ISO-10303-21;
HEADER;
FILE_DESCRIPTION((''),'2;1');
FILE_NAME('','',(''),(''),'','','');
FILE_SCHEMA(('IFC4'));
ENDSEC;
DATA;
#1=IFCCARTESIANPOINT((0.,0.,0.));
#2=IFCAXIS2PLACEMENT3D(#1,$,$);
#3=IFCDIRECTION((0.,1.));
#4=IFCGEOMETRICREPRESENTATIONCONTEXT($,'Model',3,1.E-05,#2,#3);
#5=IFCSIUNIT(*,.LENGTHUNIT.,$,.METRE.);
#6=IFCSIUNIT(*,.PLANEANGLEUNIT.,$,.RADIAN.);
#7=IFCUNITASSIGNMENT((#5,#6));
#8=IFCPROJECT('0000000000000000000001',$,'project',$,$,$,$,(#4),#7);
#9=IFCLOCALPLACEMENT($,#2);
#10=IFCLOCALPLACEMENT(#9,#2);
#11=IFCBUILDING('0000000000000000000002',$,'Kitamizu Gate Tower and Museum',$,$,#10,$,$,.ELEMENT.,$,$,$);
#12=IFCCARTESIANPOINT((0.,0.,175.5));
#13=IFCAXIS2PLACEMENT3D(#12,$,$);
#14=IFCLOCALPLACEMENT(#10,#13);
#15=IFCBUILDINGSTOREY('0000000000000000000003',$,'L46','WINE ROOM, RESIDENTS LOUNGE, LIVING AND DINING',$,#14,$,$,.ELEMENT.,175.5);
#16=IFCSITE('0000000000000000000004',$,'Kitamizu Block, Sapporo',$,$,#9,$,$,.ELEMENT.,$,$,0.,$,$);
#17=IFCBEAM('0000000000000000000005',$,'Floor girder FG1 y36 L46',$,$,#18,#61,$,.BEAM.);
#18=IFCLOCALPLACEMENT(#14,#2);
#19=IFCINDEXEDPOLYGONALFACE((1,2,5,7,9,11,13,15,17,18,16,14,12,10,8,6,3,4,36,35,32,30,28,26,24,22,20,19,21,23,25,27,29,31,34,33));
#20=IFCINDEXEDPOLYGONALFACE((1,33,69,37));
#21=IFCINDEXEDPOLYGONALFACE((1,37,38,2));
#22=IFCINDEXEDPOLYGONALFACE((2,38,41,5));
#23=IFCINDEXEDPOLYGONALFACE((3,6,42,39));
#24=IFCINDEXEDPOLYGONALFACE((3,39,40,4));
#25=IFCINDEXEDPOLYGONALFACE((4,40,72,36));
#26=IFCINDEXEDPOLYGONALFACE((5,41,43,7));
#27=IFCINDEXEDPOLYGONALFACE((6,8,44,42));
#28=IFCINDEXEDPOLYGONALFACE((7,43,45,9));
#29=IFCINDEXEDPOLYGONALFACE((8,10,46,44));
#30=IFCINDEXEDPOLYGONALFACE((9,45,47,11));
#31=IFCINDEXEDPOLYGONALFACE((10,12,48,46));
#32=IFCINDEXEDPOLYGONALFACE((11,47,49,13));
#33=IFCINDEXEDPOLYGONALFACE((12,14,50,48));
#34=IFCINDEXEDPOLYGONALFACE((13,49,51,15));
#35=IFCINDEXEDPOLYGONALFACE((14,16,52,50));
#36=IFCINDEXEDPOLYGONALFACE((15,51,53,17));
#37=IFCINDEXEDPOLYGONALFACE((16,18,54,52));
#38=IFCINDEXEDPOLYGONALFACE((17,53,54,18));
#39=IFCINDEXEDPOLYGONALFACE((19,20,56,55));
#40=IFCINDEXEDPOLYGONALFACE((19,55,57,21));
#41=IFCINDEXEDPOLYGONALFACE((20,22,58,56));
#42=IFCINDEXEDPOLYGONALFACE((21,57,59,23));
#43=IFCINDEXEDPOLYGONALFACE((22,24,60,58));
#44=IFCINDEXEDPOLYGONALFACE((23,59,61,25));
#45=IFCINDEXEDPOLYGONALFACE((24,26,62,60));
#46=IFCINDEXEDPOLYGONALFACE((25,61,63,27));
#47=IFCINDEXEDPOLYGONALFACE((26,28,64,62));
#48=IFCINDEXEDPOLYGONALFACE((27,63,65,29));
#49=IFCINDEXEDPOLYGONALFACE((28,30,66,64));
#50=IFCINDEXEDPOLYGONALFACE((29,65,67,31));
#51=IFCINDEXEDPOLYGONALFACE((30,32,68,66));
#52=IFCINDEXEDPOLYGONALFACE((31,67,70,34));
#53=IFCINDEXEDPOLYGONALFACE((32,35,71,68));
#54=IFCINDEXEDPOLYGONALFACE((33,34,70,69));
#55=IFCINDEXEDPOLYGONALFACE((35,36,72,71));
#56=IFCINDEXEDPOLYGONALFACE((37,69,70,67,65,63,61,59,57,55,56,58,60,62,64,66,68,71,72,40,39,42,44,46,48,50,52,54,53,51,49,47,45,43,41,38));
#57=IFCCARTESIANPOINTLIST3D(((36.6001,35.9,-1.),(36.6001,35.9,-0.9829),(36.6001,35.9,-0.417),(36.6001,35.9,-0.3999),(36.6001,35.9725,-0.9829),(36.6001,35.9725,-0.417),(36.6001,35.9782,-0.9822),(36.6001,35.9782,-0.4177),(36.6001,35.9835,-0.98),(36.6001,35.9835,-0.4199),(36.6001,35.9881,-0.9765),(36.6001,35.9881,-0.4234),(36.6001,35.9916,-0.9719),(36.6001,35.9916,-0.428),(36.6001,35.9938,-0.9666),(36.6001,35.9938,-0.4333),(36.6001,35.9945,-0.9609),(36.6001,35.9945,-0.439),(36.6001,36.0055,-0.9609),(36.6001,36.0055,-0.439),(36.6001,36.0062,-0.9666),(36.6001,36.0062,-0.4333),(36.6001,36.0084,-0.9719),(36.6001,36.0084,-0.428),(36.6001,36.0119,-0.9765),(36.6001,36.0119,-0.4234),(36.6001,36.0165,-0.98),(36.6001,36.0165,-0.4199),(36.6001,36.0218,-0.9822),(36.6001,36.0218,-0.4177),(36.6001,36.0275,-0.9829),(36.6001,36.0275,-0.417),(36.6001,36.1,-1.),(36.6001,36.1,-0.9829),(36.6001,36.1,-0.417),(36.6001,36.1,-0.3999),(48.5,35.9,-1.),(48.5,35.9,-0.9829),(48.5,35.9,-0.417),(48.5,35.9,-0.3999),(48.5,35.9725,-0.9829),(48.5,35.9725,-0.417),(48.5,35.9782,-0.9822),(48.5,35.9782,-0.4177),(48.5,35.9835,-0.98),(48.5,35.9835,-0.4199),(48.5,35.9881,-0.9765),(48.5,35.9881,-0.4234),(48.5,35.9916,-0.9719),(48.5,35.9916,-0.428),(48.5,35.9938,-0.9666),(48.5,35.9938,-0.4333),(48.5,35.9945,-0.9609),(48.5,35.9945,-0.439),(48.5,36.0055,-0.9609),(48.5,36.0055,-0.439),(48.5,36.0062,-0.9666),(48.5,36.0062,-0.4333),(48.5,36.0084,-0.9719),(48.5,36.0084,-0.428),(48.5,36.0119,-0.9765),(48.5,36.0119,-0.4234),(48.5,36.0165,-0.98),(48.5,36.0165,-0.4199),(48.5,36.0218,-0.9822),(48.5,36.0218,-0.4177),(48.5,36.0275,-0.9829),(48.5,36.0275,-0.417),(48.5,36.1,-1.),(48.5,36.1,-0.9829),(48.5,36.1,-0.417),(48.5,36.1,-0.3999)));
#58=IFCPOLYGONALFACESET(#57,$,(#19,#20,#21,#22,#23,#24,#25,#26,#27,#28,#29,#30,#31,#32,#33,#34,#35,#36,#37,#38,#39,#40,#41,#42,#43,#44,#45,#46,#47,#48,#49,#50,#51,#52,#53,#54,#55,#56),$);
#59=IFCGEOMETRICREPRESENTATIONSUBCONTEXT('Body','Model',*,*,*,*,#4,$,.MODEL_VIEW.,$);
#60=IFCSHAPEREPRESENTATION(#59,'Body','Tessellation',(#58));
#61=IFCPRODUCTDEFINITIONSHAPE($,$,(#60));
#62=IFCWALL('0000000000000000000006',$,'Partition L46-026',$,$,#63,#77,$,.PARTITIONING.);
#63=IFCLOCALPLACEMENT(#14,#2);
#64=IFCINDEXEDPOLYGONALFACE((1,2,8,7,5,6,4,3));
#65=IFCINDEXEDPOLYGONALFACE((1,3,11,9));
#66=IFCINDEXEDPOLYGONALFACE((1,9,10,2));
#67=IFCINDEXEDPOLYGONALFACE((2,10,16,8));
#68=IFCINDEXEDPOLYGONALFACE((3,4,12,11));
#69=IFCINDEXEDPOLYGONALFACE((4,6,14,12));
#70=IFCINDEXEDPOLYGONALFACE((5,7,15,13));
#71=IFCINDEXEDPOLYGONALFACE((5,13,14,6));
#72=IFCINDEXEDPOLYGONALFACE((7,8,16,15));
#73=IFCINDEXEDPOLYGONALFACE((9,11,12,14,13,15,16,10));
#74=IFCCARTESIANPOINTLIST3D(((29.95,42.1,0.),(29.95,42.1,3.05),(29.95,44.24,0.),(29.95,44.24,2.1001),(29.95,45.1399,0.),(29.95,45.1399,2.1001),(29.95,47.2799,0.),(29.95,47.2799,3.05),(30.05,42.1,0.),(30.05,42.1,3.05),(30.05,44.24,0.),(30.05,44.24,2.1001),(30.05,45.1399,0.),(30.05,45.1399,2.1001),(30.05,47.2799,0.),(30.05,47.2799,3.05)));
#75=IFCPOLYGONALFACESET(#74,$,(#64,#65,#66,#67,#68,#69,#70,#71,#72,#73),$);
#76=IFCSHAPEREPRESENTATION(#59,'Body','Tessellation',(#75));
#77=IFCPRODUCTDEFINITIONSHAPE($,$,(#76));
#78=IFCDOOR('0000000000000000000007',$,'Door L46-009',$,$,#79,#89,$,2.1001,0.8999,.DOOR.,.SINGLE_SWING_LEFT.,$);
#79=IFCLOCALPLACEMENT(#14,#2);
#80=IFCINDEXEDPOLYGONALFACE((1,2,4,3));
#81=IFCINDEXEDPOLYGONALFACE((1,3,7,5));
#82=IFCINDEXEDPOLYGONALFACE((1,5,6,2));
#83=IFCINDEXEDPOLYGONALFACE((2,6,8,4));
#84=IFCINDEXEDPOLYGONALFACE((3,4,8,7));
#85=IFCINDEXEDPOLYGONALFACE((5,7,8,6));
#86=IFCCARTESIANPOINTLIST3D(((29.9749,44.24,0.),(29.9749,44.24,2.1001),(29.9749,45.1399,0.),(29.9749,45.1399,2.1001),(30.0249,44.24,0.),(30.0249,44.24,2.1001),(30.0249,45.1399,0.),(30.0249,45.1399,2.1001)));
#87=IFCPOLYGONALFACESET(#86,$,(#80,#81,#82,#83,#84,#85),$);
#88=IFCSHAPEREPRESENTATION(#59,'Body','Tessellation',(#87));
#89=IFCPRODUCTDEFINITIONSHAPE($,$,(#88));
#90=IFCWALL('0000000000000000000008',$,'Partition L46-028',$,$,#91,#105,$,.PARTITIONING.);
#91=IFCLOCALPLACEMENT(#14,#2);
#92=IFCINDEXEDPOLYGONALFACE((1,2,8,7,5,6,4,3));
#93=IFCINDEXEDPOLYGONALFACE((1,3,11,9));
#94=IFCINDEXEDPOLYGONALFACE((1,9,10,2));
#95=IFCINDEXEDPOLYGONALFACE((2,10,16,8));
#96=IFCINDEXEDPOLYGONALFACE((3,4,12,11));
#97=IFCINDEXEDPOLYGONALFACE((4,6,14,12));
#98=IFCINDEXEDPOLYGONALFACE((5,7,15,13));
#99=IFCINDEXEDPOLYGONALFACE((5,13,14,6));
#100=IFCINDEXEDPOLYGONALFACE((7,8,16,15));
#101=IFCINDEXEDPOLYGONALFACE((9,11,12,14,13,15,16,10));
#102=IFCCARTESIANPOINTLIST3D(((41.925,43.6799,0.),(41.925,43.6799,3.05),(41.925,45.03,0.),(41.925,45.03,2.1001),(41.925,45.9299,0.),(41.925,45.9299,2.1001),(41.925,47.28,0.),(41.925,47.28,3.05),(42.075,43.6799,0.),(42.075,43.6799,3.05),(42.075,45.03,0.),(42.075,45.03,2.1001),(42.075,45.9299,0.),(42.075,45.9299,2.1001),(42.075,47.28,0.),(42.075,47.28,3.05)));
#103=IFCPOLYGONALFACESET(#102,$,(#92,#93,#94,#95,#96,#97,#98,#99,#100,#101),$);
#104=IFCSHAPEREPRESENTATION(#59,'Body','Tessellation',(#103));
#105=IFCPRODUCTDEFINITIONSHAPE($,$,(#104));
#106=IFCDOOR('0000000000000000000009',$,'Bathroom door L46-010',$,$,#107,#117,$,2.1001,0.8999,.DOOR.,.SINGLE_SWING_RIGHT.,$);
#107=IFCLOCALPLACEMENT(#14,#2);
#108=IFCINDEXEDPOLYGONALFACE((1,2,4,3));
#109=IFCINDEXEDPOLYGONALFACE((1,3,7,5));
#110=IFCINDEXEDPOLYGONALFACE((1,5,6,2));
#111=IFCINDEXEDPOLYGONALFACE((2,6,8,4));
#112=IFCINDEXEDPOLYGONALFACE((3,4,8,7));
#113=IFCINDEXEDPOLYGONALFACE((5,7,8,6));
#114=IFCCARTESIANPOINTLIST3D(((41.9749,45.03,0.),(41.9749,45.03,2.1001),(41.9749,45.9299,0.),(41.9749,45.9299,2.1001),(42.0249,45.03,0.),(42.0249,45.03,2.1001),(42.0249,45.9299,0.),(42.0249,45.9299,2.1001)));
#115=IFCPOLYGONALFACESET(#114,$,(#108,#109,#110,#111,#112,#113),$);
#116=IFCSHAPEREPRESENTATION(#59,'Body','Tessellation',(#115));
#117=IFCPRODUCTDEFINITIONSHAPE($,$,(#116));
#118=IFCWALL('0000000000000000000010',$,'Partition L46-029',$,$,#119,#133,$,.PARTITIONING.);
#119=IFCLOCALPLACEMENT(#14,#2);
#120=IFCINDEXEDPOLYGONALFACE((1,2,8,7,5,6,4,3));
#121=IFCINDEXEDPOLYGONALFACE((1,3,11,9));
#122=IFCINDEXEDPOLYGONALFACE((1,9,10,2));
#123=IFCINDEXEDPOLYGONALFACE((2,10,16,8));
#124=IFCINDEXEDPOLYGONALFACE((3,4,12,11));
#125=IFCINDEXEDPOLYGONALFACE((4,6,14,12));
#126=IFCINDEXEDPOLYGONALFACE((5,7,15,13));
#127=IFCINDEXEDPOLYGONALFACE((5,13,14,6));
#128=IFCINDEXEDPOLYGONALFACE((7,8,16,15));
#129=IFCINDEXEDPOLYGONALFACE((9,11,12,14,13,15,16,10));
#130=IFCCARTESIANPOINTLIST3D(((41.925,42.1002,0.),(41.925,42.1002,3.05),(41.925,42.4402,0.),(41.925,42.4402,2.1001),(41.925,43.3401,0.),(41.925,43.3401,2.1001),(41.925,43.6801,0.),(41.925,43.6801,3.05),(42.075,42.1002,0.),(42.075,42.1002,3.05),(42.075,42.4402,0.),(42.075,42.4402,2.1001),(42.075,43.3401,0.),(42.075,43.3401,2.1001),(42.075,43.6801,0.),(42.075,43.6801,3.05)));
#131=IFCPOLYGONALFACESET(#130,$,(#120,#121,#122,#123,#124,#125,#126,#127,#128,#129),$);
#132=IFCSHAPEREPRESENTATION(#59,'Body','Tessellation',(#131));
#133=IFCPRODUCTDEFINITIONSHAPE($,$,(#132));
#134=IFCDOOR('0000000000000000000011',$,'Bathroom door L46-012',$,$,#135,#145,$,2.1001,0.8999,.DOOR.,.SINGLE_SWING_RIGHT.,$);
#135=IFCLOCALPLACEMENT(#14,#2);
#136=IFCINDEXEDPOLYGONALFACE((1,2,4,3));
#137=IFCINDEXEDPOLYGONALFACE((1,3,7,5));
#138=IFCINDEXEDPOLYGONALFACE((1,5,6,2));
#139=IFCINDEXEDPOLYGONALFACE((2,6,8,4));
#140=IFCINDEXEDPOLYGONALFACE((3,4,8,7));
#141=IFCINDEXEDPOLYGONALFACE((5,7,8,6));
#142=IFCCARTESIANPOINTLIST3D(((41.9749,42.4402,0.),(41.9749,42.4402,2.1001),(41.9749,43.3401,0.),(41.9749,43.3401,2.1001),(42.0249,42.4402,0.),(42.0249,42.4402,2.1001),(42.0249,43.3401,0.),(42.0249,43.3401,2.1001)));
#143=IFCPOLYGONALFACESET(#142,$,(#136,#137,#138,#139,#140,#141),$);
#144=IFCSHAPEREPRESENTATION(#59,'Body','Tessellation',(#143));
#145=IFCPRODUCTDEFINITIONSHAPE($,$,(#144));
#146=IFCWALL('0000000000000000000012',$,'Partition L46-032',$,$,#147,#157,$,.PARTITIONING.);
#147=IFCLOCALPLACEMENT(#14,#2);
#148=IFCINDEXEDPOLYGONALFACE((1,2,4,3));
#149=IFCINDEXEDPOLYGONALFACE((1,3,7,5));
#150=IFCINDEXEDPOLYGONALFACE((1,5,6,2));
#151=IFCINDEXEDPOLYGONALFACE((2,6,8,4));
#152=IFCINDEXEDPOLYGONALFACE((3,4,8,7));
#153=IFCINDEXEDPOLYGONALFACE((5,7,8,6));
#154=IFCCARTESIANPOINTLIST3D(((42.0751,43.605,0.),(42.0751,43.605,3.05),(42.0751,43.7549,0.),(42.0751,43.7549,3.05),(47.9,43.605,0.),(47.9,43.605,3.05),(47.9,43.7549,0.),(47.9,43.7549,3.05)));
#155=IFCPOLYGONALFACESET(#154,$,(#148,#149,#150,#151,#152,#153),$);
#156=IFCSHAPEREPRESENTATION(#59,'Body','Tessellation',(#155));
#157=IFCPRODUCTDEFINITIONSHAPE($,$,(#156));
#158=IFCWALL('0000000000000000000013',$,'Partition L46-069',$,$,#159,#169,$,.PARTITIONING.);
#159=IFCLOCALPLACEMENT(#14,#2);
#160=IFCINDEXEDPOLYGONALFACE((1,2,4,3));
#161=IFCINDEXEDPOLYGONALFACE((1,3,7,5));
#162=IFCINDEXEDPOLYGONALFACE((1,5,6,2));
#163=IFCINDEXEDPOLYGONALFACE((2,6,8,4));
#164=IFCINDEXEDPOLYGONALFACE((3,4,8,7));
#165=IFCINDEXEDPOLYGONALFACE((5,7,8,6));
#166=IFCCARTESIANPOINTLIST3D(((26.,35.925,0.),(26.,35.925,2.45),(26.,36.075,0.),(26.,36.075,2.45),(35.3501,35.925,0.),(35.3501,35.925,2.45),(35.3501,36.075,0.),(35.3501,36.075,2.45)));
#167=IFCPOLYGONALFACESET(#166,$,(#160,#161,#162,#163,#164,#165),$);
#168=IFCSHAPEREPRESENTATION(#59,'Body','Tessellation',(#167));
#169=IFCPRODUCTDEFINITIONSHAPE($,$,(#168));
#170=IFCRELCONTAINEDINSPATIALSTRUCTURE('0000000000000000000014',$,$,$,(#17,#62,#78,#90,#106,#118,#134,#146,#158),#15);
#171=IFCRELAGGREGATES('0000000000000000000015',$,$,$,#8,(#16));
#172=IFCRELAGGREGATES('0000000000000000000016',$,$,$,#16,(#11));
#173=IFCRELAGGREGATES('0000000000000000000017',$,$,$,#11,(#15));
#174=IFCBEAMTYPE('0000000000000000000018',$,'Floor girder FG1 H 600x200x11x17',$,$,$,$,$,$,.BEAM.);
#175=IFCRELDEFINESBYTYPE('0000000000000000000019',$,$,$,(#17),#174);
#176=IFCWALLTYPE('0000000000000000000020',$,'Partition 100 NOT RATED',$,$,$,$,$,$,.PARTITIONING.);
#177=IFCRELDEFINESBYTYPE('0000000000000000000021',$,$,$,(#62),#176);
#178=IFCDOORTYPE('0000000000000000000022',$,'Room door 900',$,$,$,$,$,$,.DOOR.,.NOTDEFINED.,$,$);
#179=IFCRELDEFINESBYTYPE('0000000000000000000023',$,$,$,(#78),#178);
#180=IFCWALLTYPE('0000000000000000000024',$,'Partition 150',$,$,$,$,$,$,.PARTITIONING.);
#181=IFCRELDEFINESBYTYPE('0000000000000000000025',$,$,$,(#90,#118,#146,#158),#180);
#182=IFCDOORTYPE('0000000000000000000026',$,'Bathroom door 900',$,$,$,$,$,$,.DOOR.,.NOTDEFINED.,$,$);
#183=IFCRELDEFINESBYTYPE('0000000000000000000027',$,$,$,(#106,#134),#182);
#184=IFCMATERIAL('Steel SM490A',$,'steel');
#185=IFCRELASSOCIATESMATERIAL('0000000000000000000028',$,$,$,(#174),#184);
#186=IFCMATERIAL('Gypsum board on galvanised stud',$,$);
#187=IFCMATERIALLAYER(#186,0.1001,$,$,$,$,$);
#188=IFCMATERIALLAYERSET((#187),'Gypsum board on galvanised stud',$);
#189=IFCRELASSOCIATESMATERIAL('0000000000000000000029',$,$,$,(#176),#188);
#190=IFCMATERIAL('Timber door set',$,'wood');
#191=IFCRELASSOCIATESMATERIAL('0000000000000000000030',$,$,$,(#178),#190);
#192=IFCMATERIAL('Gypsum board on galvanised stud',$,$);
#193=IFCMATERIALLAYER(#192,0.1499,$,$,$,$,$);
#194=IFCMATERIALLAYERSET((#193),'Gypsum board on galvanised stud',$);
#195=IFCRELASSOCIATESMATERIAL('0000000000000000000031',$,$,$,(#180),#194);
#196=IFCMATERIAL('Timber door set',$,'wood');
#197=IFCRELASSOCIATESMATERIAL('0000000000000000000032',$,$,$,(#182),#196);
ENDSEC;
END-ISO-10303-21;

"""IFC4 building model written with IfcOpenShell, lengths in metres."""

from ifc_helpers import new_model, si_unit, direction, frame, frame_2d, origin, origin_2d, place, context, subcontext, project, spatial, rectangle, i_section, extrude, material, layer, layer_set, material_profile, profile_set, type_object, element, fill, save


model = new_model("IFC4")

# Units and contexts
model_context = context("Model", 3, precision=1e-05, world=origin(), true_north=direction((0.0, 1.0)))
body_context = subcontext(model_context, "Body", "Model", "MODEL_VIEW")
ifc_project = project(units=[si_unit("LENGTHUNIT", "METRE"), si_unit("PLANEANGLEUNIT", "RADIAN")], contexts=[model_context])

# Site, building, storey
site_placement = place(None, origin())
site = spatial("IfcSite", under=ifc_project, at=site_placement, Name="Kitamizu Block, Sapporo", CompositionType="ELEMENT", RefElevation=0.0)
building_placement = place(site_placement, origin())
building = spatial("IfcBuilding", under=site, at=building_placement, Name="Kitamizu Gate Tower and Museum", CompositionType="ELEMENT")
storey_placement = place(building_placement, frame((0.0, 0.0, 175.5)))
storey = spatial("IfcBuildingStorey", under=building, at=storey_placement, Name="L46", Description="WINE ROOM, RESIDENTS LOUNGE, LIVING AND DINING", CompositionType="ELEMENT", Elevation=175.5)

# Beam
ifc_material_1 = material(Name="Steel SM490A", Category="steel")
ifc_material_profile_1 = material_profile(ifc_material_1, i_section(OverallWidth=0.2, OverallDepth=0.6001, WebThickness=0.011, FlangeThickness=0.0171, FilletRadius=0.022, at=origin_2d()), Name="H-600x200x11x17")
ifc_profile_set_1 = profile_set([ifc_material_profile_1], Name="Steel SM490A")
beam_type_1 = type_object("IfcBeamType", Name="Floor girder FG1 H 600x200x11x17", PredefinedType="BEAM", material=ifc_profile_set_1)
beam_1_placement = place(storey_placement, frame((36.6001, 36.0, -0.7), z_axis=(1.0, 0.0, 0.0), x_axis=(0.0, 1.0, 0.0)))
element("IfcBeam", 1, at=beam_1_placement, inside=storey, type_object=beam_type_1, Name="Floor girder FG1 y36 L46", PredefinedType="BEAM", context=body_context, shape_type="SweptSolid", body=[
    extrude(i_section(OverallWidth=0.2, OverallDepth=0.6001, WebThickness=0.011, FlangeThickness=0.0171, FilletRadius=0.022, at=origin_2d()), origin(), (0.0, 0.0, 1.0), 11.8999),
])

# Walls, openings, doors
ifc_material_2 = material(Name="Gypsum board on galvanised stud")
ifc_layer_1 = layer(ifc_material_2, 0.1001)
ifc_layer_set_1 = layer_set([ifc_layer_1], Name="Gypsum board on galvanised stud")
wall_type_1 = type_object("IfcWallType", Name="Partition 100 NOT RATED", PredefinedType="PARTITIONING", material=ifc_layer_set_1)
wall_1_placement = place(storey_placement, frame((30.0, 42.1001, 0.0), z_axis=(0.0, 0.0, 1.0), x_axis=(0.0, 1.0, 0.0)))
wall_1 = element("IfcWall", 2, at=wall_1_placement, inside=storey, type_object=wall_type_1, Name="Partition L46-026", PredefinedType="PARTITIONING", context=body_context, shape_type="SweptSolid", body=[
    extrude(rectangle(XDim=5.1799, YDim=0.1001, at=frame_2d((2.5898, 0.0))), origin(), (0.0, 0.0, 1.0), 3.05),
])
opening_1_placement = place(wall_1_placement, frame((2.1399, 0.0, 0.0)))
opening_1 = element("IfcOpeningElement", 3, at=opening_1_placement, cuts=wall_1, PredefinedType="OPENING", context=body_context, shape_type="SweptSolid", body=[
    extrude(rectangle(XDim=0.8999, YDim=2.1001, at=frame_2d((0.45, 1.05))), frame((0.0, 0.0601, 0.0), z_axis=(0.0, -1.0, 0.0), x_axis=(1.0, 0.0, 0.0)), (0.0, 0.0, 1.0), 0.1201),
])
ifc_material_3 = material(Name="Timber door set", Category="wood")
door_type_1 = type_object("IfcDoorType", Name="Room door 900", OperationType="NOTDEFINED", PredefinedType="DOOR", material=ifc_material_3)
door_1_placement = place(opening_1_placement, frame((0.8999, 0.0, 0.0), x_axis=(-1.0, 0.0, 0.0)))
door_1 = element("IfcDoor", 4, at=door_1_placement, inside=storey, type_object=door_type_1, Name="Door L46-009", OperationType="SINGLE_SWING_LEFT", OverallHeight=2.1001, OverallWidth=0.8999, PredefinedType="DOOR", context=body_context, shape_type="SweptSolid", body=[
    extrude(rectangle(XDim=0.8999, YDim=2.1001, at=frame_2d((0.45, 1.05))), frame((0.0, 0.0249, 0.0), z_axis=(0.0, -1.0, 0.0), x_axis=(1.0, 0.0, 0.0)), (0.0, 0.0, 1.0), 0.05),
])
fill(opening_1, door_1)
ifc_material_4 = material(Name="Gypsum board on galvanised stud")
ifc_layer_2 = layer(ifc_material_4, 0.1499)
ifc_layer_set_2 = layer_set([ifc_layer_2], Name="Gypsum board on galvanised stud")
wall_type_2 = type_object("IfcWallType", Name="Partition 150", PredefinedType="PARTITIONING", material=ifc_layer_set_2)
wall_2_placement = place(storey_placement, frame((42.0, 43.6799, 0.0), z_axis=(0.0, 0.0, 1.0), x_axis=(0.0, 1.0, 0.0)))
wall_2 = element("IfcWall", 5, at=wall_2_placement, inside=storey, type_object=wall_type_2, Name="Partition L46-028", PredefinedType="PARTITIONING", context=body_context, shape_type="SweptSolid", body=[
    extrude(rectangle(XDim=3.6001, YDim=0.1499, at=frame_2d((1.8, 0.0))), origin(), (0.0, 0.0, 1.0), 3.05),
])
opening_2_placement = place(wall_2_placement, frame((1.3501, 0.0, 0.0)))
opening_2 = element("IfcOpeningElement", 6, at=opening_2_placement, cuts=wall_2, PredefinedType="OPENING", context=body_context, shape_type="SweptSolid", body=[
    extrude(rectangle(XDim=0.8999, YDim=2.1001, at=frame_2d((0.45, 1.05))), frame((0.0, 0.085, 0.0), z_axis=(0.0, -1.0, 0.0), x_axis=(1.0, 0.0, 0.0)), (0.0, 0.0, 1.0), 0.1699),
])
ifc_material_5 = material(Name="Timber door set", Category="wood")
door_type_2 = type_object("IfcDoorType", Name="Bathroom door 900", OperationType="NOTDEFINED", PredefinedType="DOOR", material=ifc_material_5)
door_2_placement = place(opening_2_placement, frame((0.8999, 0.0, 0.0), x_axis=(-1.0, 0.0, 0.0)))
door_2 = element("IfcDoor", 7, at=door_2_placement, inside=storey, type_object=door_type_2, Name="Bathroom door L46-010", OperationType="SINGLE_SWING_RIGHT", OverallHeight=2.1001, OverallWidth=0.8999, PredefinedType="DOOR", context=body_context, shape_type="SweptSolid", body=[
    extrude(rectangle(XDim=0.8999, YDim=2.1001, at=frame_2d((0.45, 1.05))), frame((0.0, 0.0249, 0.0), z_axis=(0.0, -1.0, 0.0), x_axis=(1.0, 0.0, 0.0)), (0.0, 0.0, 1.0), 0.05),
])
fill(opening_2, door_2)
wall_3_placement = place(storey_placement, frame((42.0, 42.1001, 0.0), z_axis=(0.0, 0.0, 1.0), x_axis=(0.0, 1.0, 0.0)))
wall_3 = element("IfcWall", 8, at=wall_3_placement, inside=storey, type_object=wall_type_2, Name="Partition L46-029", PredefinedType="PARTITIONING", context=body_context, shape_type="SweptSolid", body=[
    extrude(rectangle(XDim=1.5798, YDim=0.1499, at=frame_2d((0.79, 0.0))), origin(), (0.0, 0.0, 1.0), 3.05),
])
opening_3_placement = place(wall_3_placement, frame((0.3401, 0.0, 0.0)))
opening_3 = element("IfcOpeningElement", 9, at=opening_3_placement, cuts=wall_3, PredefinedType="OPENING", context=body_context, shape_type="SweptSolid", body=[
    extrude(rectangle(XDim=0.8999, YDim=2.1001, at=frame_2d((0.45, 1.05))), frame((0.0, 0.085, 0.0), z_axis=(0.0, -1.0, 0.0), x_axis=(1.0, 0.0, 0.0)), (0.0, 0.0, 1.0), 0.1699),
])
door_3_placement = place(opening_3_placement, frame((0.8999, 0.0, 0.0), x_axis=(-1.0, 0.0, 0.0)))
door_3 = element("IfcDoor", 10, at=door_3_placement, inside=storey, type_object=door_type_2, Name="Bathroom door L46-012", OperationType="SINGLE_SWING_RIGHT", OverallHeight=2.1001, OverallWidth=0.8999, PredefinedType="DOOR", context=body_context, shape_type="SweptSolid", body=[
    extrude(rectangle(XDim=0.8999, YDim=2.1001, at=frame_2d((0.45, 1.05))), frame((0.0, 0.0249, 0.0), z_axis=(0.0, -1.0, 0.0), x_axis=(1.0, 0.0, 0.0)), (0.0, 0.0, 1.0), 0.05),
])
fill(opening_3, door_3)

# Walls
wall_4_placement = place(storey_placement, frame((42.075, 43.6799, 0.0), z_axis=(0.0, 0.0, 1.0), x_axis=(1.0, 0.0, 0.0)))
element("IfcWall", 11, at=wall_4_placement, inside=storey, type_object=wall_type_2, Name="Partition L46-032", PredefinedType="PARTITIONING", context=body_context, shape_type="SweptSolid", body=[
    extrude(rectangle(XDim=5.825, YDim=0.1499, at=frame_2d((2.9126, 0.0))), origin(), (0.0, 0.0, 1.0), 3.05),
])
for number, where, z_axis, x_axis, name in (
    (12, (35.3501, 36.0, 0.0), (0.0, 0.0, 1.0), (-1.0, 0.0, 0.0), "Partition L46-069"),
):
    element("IfcWall", number, at=place(storey_placement, frame(where, z_axis=z_axis, x_axis=x_axis)), inside=storey, type_object=wall_type_2, Name=name, PredefinedType="PARTITIONING", context=body_context, shape_type="SweptSolid", body=[
        extrude(rectangle(XDim=9.3501, YDim=0.1499, at=frame_2d((4.675, 0.0))), origin(), (0.0, 0.0, 1.0), 2.45),
    ])

save(model, "model.ifc")
